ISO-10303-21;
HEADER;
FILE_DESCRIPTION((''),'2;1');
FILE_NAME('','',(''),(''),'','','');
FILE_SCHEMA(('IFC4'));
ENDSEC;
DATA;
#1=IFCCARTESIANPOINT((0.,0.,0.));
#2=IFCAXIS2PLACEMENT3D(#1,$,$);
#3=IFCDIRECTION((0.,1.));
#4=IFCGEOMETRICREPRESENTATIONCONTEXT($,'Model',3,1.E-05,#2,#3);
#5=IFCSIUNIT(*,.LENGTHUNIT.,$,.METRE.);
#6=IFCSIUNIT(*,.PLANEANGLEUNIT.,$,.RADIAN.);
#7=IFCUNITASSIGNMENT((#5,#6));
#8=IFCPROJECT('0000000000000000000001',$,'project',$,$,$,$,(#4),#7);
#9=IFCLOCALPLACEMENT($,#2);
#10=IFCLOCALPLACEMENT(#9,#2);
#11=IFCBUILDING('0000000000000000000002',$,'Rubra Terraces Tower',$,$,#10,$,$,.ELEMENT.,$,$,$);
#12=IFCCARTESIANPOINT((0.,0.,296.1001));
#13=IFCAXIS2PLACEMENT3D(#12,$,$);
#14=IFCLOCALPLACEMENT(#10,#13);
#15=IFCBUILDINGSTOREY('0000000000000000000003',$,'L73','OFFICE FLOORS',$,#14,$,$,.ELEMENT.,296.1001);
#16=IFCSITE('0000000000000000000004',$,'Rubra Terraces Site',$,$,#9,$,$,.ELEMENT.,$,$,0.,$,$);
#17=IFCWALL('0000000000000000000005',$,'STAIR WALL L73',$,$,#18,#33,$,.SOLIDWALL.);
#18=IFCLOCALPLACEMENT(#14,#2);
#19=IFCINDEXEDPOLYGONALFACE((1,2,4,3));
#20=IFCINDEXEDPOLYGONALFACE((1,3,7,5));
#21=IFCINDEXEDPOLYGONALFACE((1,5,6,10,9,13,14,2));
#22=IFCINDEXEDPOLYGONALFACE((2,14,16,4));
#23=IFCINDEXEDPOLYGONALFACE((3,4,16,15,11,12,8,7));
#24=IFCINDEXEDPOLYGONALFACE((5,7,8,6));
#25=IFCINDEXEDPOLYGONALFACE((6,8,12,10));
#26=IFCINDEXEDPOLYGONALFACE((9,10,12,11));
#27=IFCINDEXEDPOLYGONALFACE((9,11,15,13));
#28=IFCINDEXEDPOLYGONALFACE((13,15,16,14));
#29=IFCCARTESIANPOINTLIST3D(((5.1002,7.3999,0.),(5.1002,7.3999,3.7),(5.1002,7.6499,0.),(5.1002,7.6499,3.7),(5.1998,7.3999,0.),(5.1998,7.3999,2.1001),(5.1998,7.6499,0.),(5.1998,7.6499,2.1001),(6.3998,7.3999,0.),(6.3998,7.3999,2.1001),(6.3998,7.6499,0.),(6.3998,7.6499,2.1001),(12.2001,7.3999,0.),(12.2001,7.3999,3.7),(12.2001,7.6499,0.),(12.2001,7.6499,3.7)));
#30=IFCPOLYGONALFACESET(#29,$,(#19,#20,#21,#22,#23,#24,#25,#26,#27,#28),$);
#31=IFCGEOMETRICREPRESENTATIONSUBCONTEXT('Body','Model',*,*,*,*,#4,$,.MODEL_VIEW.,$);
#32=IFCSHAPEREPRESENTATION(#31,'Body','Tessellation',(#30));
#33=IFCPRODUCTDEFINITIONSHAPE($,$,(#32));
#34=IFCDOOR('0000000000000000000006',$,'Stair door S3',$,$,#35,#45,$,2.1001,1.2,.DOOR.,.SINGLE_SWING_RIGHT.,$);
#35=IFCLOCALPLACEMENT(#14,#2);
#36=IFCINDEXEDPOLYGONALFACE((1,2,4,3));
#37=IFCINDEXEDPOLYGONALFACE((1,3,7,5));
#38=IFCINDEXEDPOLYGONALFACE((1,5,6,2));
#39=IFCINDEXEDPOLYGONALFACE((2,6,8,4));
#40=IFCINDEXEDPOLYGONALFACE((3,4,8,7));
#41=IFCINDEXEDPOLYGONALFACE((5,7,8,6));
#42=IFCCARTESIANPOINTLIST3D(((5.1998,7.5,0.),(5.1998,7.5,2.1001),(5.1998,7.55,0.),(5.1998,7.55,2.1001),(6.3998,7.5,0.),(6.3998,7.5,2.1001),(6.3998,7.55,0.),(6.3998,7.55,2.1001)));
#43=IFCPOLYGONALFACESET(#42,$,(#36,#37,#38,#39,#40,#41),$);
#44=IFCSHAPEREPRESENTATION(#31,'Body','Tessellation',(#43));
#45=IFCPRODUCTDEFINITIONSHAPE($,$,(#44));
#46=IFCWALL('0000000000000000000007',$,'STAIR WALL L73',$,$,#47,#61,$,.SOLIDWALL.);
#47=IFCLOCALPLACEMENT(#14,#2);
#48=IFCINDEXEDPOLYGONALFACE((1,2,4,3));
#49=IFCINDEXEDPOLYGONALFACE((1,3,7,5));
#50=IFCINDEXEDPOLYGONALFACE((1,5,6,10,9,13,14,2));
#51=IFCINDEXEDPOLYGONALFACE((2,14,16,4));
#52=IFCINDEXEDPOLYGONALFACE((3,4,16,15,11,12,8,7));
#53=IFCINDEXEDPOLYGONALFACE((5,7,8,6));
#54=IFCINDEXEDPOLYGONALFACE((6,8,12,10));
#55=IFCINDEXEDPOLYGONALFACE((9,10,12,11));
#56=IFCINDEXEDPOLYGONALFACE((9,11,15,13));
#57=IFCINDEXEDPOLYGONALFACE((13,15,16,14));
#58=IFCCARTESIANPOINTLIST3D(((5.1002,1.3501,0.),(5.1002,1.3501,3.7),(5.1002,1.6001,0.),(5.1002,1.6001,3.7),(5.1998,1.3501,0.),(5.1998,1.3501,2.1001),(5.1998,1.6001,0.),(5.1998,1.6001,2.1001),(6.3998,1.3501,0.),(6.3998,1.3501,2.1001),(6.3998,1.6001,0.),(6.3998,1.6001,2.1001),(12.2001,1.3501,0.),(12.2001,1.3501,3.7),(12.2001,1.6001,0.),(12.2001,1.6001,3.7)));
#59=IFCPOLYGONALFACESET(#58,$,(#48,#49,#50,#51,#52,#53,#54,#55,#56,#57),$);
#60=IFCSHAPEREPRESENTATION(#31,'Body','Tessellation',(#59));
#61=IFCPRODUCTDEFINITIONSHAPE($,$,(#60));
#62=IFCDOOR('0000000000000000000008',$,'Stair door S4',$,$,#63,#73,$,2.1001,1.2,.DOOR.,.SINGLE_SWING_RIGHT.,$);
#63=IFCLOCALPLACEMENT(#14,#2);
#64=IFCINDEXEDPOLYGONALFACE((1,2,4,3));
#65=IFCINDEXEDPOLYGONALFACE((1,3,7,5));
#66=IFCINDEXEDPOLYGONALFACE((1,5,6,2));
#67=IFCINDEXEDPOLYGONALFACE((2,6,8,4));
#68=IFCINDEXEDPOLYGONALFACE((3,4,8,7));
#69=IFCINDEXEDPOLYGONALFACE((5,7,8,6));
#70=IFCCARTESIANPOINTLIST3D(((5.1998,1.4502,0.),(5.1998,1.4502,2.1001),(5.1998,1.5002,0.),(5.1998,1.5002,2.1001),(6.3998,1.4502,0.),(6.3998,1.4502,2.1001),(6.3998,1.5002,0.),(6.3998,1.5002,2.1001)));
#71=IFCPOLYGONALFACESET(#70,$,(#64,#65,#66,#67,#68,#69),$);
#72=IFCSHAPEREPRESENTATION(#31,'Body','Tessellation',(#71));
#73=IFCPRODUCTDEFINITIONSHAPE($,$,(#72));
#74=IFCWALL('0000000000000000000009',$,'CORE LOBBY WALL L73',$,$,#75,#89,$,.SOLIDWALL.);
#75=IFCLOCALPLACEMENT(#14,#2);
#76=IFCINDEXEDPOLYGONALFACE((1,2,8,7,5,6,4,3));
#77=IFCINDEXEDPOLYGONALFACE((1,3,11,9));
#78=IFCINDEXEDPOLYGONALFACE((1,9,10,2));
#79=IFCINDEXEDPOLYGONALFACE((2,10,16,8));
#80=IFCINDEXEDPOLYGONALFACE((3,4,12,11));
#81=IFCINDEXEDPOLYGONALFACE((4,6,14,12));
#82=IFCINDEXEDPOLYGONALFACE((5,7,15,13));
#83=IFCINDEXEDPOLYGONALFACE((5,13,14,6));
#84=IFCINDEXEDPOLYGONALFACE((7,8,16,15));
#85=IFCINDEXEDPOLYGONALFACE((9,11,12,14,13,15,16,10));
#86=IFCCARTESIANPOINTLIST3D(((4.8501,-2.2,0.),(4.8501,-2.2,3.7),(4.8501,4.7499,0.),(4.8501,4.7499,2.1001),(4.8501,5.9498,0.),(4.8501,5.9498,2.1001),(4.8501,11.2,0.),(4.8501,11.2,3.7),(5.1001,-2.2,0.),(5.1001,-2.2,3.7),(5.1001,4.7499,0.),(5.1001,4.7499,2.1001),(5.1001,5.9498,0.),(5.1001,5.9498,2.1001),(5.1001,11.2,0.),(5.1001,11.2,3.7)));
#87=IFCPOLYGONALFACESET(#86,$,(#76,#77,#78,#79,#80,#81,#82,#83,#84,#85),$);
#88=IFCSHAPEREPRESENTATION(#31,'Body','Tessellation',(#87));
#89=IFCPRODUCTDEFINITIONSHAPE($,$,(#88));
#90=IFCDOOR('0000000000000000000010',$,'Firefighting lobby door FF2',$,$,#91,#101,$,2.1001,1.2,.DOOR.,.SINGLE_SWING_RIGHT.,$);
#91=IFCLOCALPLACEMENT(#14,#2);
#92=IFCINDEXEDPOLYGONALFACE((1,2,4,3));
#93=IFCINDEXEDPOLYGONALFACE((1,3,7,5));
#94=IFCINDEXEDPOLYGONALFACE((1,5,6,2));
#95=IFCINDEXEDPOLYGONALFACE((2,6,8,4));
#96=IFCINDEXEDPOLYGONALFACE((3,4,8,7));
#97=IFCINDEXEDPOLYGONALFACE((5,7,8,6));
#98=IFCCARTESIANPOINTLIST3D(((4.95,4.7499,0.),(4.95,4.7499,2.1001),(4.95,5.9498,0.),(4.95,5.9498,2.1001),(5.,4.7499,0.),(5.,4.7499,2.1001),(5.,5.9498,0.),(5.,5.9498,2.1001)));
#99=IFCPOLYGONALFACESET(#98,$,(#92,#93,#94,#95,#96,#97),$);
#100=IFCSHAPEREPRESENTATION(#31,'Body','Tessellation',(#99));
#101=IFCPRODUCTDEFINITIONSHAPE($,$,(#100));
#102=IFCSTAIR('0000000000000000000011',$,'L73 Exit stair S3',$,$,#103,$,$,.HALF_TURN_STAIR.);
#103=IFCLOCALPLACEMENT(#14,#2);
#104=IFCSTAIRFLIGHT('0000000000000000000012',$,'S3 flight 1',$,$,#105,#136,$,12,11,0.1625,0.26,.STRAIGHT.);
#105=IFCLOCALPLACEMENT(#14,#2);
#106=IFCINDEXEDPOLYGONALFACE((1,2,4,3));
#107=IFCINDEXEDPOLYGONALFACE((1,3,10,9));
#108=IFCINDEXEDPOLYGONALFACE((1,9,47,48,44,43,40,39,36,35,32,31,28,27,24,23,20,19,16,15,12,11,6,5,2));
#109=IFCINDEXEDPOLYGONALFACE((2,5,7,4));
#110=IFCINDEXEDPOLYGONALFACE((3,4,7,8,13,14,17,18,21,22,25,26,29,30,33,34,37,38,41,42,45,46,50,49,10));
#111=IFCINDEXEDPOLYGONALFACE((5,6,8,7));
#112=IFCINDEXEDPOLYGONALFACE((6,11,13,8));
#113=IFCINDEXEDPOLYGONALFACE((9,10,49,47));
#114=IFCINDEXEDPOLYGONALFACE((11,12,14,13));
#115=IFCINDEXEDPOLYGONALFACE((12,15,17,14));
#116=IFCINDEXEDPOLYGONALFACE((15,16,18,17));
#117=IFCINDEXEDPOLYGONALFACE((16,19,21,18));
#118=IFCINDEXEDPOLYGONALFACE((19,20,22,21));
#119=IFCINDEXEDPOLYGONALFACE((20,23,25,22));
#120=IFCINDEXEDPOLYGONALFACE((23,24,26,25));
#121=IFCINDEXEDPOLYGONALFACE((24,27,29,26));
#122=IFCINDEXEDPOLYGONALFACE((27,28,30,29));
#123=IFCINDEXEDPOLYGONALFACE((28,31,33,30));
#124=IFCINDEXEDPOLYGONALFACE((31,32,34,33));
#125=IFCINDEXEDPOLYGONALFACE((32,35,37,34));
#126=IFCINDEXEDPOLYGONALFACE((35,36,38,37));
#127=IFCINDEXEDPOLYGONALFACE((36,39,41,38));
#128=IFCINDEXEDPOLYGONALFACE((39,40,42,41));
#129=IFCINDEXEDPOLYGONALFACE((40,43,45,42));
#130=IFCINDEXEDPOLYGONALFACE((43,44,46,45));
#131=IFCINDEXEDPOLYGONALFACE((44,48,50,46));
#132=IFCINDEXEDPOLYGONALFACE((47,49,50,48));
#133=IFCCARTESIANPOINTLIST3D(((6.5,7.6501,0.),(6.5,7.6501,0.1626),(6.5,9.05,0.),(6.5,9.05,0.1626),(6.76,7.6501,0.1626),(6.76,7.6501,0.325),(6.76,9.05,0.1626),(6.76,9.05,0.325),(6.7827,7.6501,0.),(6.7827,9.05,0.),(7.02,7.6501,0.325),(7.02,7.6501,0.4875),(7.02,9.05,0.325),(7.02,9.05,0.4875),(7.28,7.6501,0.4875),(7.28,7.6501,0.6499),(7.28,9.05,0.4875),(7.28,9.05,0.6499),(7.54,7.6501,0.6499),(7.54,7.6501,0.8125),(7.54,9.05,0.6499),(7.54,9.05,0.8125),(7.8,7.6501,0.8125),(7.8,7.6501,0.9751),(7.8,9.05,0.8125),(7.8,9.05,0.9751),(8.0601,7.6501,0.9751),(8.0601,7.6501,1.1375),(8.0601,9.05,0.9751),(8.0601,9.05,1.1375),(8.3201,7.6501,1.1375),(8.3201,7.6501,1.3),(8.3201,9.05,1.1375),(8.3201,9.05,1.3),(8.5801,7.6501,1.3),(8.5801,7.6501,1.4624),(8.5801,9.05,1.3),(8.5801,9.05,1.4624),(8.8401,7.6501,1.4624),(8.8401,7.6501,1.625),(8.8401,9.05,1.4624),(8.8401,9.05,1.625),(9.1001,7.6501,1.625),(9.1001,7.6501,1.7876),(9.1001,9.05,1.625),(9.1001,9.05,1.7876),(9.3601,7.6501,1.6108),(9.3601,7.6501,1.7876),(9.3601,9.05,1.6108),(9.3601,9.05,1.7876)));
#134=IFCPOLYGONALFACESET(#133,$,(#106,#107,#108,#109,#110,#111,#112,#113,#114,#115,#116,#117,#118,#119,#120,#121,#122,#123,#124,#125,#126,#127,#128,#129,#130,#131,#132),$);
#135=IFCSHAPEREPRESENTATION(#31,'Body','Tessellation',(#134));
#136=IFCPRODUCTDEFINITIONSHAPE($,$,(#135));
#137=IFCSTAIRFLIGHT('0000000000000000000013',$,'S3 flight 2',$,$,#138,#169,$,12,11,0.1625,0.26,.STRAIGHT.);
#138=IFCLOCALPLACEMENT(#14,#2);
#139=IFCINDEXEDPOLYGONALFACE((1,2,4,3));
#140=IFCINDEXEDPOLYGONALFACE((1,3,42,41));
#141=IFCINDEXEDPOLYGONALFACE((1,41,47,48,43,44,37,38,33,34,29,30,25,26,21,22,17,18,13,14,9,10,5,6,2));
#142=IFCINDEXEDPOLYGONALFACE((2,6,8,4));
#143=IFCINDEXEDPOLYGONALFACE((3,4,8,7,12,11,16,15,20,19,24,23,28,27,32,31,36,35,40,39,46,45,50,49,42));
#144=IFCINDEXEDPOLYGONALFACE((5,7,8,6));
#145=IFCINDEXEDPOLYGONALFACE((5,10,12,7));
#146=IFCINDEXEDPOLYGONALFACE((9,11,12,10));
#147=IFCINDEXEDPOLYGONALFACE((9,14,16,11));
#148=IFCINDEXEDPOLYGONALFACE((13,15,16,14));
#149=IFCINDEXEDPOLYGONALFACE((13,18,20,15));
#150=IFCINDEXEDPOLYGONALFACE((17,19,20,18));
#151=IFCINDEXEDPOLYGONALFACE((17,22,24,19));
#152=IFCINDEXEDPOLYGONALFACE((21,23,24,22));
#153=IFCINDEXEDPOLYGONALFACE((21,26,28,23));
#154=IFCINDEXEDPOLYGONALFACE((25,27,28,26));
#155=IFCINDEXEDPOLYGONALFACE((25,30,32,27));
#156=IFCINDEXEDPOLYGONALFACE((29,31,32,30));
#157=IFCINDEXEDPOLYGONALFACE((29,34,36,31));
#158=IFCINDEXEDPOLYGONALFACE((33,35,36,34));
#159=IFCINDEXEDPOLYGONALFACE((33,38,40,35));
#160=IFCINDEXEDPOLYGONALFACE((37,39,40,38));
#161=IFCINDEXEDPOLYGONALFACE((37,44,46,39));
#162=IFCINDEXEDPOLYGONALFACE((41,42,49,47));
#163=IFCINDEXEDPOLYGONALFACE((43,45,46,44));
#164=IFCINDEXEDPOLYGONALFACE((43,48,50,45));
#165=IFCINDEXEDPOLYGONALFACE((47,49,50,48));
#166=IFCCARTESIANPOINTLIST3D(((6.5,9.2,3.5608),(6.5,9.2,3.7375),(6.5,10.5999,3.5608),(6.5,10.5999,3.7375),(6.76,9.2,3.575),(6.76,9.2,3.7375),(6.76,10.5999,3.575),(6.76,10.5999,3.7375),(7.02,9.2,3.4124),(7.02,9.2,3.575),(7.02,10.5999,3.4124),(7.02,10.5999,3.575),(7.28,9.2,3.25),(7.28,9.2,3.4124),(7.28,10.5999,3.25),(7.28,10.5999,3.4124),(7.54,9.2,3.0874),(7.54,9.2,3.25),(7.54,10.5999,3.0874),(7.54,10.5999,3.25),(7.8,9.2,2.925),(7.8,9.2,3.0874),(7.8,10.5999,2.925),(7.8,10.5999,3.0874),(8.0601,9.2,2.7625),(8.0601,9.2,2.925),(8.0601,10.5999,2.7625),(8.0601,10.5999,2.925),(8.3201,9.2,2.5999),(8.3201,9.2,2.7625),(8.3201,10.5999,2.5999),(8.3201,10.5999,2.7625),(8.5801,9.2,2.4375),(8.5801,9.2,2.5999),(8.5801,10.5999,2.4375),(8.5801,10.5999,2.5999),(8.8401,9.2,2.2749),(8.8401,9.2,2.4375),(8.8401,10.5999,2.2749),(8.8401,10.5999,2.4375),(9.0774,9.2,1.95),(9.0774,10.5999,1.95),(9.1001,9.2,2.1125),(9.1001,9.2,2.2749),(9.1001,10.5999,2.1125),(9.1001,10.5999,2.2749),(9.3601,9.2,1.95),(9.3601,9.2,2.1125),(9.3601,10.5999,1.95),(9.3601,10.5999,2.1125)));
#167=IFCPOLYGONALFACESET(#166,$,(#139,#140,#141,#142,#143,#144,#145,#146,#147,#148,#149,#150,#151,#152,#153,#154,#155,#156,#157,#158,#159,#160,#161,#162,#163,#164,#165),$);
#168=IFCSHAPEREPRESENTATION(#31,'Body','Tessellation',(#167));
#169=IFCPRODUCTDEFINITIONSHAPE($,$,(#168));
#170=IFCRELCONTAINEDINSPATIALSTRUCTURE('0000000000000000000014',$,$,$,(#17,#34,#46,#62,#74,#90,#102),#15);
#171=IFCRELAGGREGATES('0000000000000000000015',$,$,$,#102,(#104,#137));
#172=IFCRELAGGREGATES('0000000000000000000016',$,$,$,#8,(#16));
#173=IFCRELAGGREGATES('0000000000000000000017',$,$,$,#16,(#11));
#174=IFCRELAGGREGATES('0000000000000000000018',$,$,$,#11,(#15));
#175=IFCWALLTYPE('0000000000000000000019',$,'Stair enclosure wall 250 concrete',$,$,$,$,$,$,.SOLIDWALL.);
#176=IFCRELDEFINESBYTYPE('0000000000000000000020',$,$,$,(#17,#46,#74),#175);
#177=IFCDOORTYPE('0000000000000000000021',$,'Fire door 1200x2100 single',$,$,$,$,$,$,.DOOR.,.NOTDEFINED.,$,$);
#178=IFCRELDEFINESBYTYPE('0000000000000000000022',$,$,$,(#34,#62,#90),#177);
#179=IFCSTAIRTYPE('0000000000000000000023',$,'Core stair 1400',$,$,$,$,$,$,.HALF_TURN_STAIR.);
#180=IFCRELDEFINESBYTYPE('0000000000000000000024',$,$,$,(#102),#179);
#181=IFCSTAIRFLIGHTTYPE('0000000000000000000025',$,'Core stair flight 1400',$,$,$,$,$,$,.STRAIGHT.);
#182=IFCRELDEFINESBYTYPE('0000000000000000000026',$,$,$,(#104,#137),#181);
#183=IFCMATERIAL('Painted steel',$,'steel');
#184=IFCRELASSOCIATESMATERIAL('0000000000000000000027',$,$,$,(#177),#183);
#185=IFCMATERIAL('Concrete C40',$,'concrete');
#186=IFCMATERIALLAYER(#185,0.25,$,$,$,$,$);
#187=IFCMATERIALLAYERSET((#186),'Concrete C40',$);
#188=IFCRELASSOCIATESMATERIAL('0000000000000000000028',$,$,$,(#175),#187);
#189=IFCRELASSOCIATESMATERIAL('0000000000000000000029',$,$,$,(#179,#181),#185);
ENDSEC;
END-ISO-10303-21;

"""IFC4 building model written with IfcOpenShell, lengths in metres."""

from ifc_helpers import new_model, si_unit, direction, frame, frame_2d, origin, place, context, subcontext, project, spatial, polyline, rectangle, outline, extrude, material, layer, layer_set, type_object, element, fill, aggregate, save


model = new_model("IFC4")

# Units and contexts
model_context = context("Model", 3, precision=1e-05, world=origin(), true_north=direction((0.0, 1.0)))
body_context = subcontext(model_context, "Body", "Model", "MODEL_VIEW")
ifc_project = project(units=[si_unit("LENGTHUNIT", "METRE"), si_unit("PLANEANGLEUNIT", "RADIAN")], contexts=[model_context])

# Site, building, storey
site_placement = place(None, origin())
site = spatial("IfcSite", under=ifc_project, at=site_placement, Name="Rubra Terraces Site", CompositionType="ELEMENT", RefElevation=0.0)
building_placement = place(site_placement, origin())
building = spatial("IfcBuilding", under=site, at=building_placement, Name="Rubra Terraces Tower", CompositionType="ELEMENT")
storey_placement = place(building_placement, frame((0.0, 0.0, 296.1001)))
storey = spatial("IfcBuildingStorey", under=building, at=storey_placement, Name="L73", Description="OFFICE FLOORS", CompositionType="ELEMENT", Elevation=296.1001)

# Shared definitions
ifc_material_1 = material(Name="Concrete C40", Category="concrete")

# Shared definitions
ifc_material_2 = material(Name="Painted steel", Category="steel")
door_type_1 = type_object("IfcDoorType", Name="Fire door 1200x2100 single", OperationType="NOTDEFINED", PredefinedType="DOOR", material=ifc_material_2)

# Walls, openings, doors
ifc_layer_1 = layer(ifc_material_1, 0.25)
ifc_layer_set_1 = layer_set([ifc_layer_1], Name="Concrete C40")
wall_type_1 = type_object("IfcWallType", Name="Stair enclosure wall 250 concrete", PredefinedType="SOLIDWALL", material=ifc_layer_set_1)
wall_1_placement = place(storey_placement, frame((12.2, 7.5249, 0.0), z_axis=(0.0, 0.0, 1.0), x_axis=(-1.0, 0.0, 0.0)))
wall_1 = element("IfcWall", 1, at=wall_1_placement, inside=storey, type_object=wall_type_1, Name="STAIR WALL L73", PredefinedType="SOLIDWALL", context=body_context, shape_type="SweptSolid", body=[
    extrude(rectangle(XDim=7.0999, YDim=0.25, at=frame_2d((3.5498, 0.0))), origin(), (0.0, 0.0, 1.0), 3.7),
])
opening_1_placement = place(wall_1_placement, frame((5.8, 0.0, 0.0)))
opening_1 = element("IfcOpeningElement", 2, at=opening_1_placement, cuts=wall_1, PredefinedType="OPENING", context=body_context, shape_type="SweptSolid", body=[
    extrude(rectangle(XDim=1.2, YDim=2.1001, at=frame_2d((0.6001, 1.05))), frame((0.0, 0.135, 0.0), z_axis=(0.0, -1.0, 0.0), x_axis=(1.0, 0.0, 0.0)), (0.0, 0.0, 1.0), 0.27),
])
door_1_placement = place(opening_1_placement, origin())
door_1 = element("IfcDoor", 3, at=door_1_placement, inside=storey, type_object=door_type_1, Name="Stair door S3", OperationType="SINGLE_SWING_RIGHT", OverallHeight=2.1001, OverallWidth=1.2, PredefinedType="DOOR", context=body_context, shape_type="SweptSolid", body=[
    extrude(rectangle(XDim=1.2, YDim=2.1001, at=frame_2d((0.6001, 1.05))), frame((0.0, 0.0249, 0.0), z_axis=(0.0, -1.0, 0.0), x_axis=(1.0, 0.0, 0.0)), (0.0, 0.0, 1.0), 0.05),
])
fill(opening_1, door_1)
wall_2_placement = place(storey_placement, frame((12.2, 1.4751, 0.0), z_axis=(0.0, 0.0, 1.0), x_axis=(-1.0, 0.0, 0.0)))
wall_2 = element("IfcWall", 4, at=wall_2_placement, inside=storey, type_object=wall_type_1, Name="STAIR WALL L73", PredefinedType="SOLIDWALL", context=body_context, shape_type="SweptSolid", body=[
    extrude(rectangle(XDim=7.0999, YDim=0.25, at=frame_2d((3.5498, 0.0))), origin(), (0.0, 0.0, 1.0), 3.7),
])
opening_2_placement = place(wall_2_placement, frame((5.8, 0.0, 0.0)))
opening_2 = element("IfcOpeningElement", 5, at=opening_2_placement, cuts=wall_2, PredefinedType="OPENING", context=body_context, shape_type="SweptSolid", body=[
    extrude(rectangle(XDim=1.2, YDim=2.1001, at=frame_2d((0.6001, 1.05))), frame((0.0, 0.135, 0.0), z_axis=(0.0, -1.0, 0.0), x_axis=(1.0, 0.0, 0.0)), (0.0, 0.0, 1.0), 0.27),
])
door_2_placement = place(opening_2_placement, origin())
door_2 = element("IfcDoor", 6, at=door_2_placement, inside=storey, type_object=door_type_1, Name="Stair door S4", OperationType="SINGLE_SWING_RIGHT", OverallHeight=2.1001, OverallWidth=1.2, PredefinedType="DOOR", context=body_context, shape_type="SweptSolid", body=[
    extrude(rectangle(XDim=1.2, YDim=2.1001, at=frame_2d((0.6001, 1.05))), frame((0.0, 0.0249, 0.0), z_axis=(0.0, -1.0, 0.0), x_axis=(1.0, 0.0, 0.0)), (0.0, 0.0, 1.0), 0.05),
])
fill(opening_2, door_2)
wall_3_placement = place(storey_placement, frame((4.9751, 11.2, 0.0), z_axis=(0.0, 0.0, 1.0), x_axis=(0.0, -1.0, 0.0)))
wall_3 = element("IfcWall", 7, at=wall_3_placement, inside=storey, type_object=wall_type_1, Name="CORE LOBBY WALL L73", PredefinedType="SOLIDWALL", context=body_context, shape_type="SweptSolid", body=[
    extrude(rectangle(XDim=13.3999, YDim=0.25, at=frame_2d((6.7, 0.0))), origin(), (0.0, 0.0, 1.0), 3.7),
])
opening_3_placement = place(wall_3_placement, frame((5.25, 0.0, 0.0)))
opening_3 = element("IfcOpeningElement", 8, at=opening_3_placement, cuts=wall_3, PredefinedType="OPENING", context=body_context, shape_type="SweptSolid", body=[
    extrude(rectangle(XDim=1.2, YDim=2.1001, at=frame_2d((0.6001, 1.05))), frame((0.0, 0.135, 0.0), z_axis=(0.0, -1.0, 0.0), x_axis=(1.0, 0.0, 0.0)), (0.0, 0.0, 1.0), 0.27),
])
door_3_placement = place(opening_3_placement, origin())
door_3 = element("IfcDoor", 9, at=door_3_placement, inside=storey, type_object=door_type_1, Name="Firefighting lobby door FF2", OperationType="SINGLE_SWING_RIGHT", OverallHeight=2.1001, OverallWidth=1.2, PredefinedType="DOOR", context=body_context, shape_type="SweptSolid", body=[
    extrude(rectangle(XDim=1.2, YDim=2.1001, at=frame_2d((0.6001, 1.05))), frame((0.0, 0.0249, 0.0), z_axis=(0.0, -1.0, 0.0), x_axis=(1.0, 0.0, 0.0)), (0.0, 0.0, 1.0), 0.05),
])
fill(opening_3, door_3)

# Stair, stair flights
stair_type = type_object("IfcStairType", Name="Core stair 1400", PredefinedType="HALF_TURN_STAIR", material=ifc_material_1)
stair_placement = place(storey_placement, origin())
stair = element("IfcStair", 10, at=stair_placement, inside=storey, type_object=stair_type, Name="L73 Exit stair S3", PredefinedType="HALF_TURN_STAIR")
stair_flight_type = type_object("IfcStairFlightType", Name="Core stair flight 1400", PredefinedType="STRAIGHT", material=ifc_material_1)
stair_flight_1_placement = place(storey_placement, frame((6.5, 8.3501, 0.0), z_axis=(0.0, 0.0, 1.0), x_axis=(1.0, 0.0, 0.0)))
stair_flight_1 = element("IfcStairFlight", 11, at=stair_flight_1_placement, type_object=stair_flight_type, Name="S3 flight 1", NumberOfRisers=12, NumberOfTreads=11, PredefinedType="STRAIGHT", RiserHeight=0.1625, TreadLength=0.26, context=body_context, shape_type="SweptSolid", body=[
    extrude(outline(polyline([(0.0, 0.0), (0.0, 0.1626), (0.26, 0.1626), (0.26, 0.325), (0.52, 0.325), (0.52, 0.4875), (0.78, 0.4875), (0.78, 0.6499), (1.04, 0.6499), (1.04, 0.8125), (1.3, 0.8125), (1.3, 0.9751), (1.5601, 0.9751), (1.5601, 1.1375), (1.8201, 1.1375), (1.8201, 1.3), (2.0801, 1.3), (2.0801, 1.4624), (2.3401, 1.4624), (2.3401, 1.625), (2.6001, 1.625), (2.6001, 1.7876), (2.8601, 1.7876), (2.8601, 1.95), (2.8601, 1.6108), (0.2827, 0.0), (0.0, 0.0)])), frame((0.0, 0.7, 0.0), z_axis=(0.0, -1.0, 0.0), x_axis=(1.0, 0.0, 0.0)), (0.0, 0.0, 1.0), 1.3999),
])
stair_flight_2_placement = place(storey_placement, frame((9.3601, 9.8999, 1.95), z_axis=(0.0, 0.0, 1.0), x_axis=(-1.0, 0.0, 0.0)))
stair_flight_2 = element("IfcStairFlight", 12, at=stair_flight_2_placement, type_object=stair_flight_type, Name="S3 flight 2", NumberOfRisers=12, NumberOfTreads=11, PredefinedType="STRAIGHT", RiserHeight=0.1625, TreadLength=0.26, context=body_context, shape_type="SweptSolid", body=[
    extrude(outline(polyline([(0.0, 0.0), (0.0, 0.1626), (0.26, 0.1626), (0.26, 0.325), (0.52, 0.325), (0.52, 0.4875), (0.78, 0.4875), (0.78, 0.6499), (1.04, 0.6499), (1.04, 0.8125), (1.3, 0.8125), (1.3, 0.9751), (1.5601, 0.9751), (1.5601, 1.1375), (1.8201, 1.1375), (1.8201, 1.3), (2.0801, 1.3), (2.0801, 1.4624), (2.3401, 1.4624), (2.3401, 1.625), (2.6001, 1.625), (2.6001, 1.7876), (2.8601, 1.7876), (2.8601, 1.95), (2.8601, 1.6108), (0.2827, 0.0), (0.0, 0.0)])), frame((0.0, 0.7, 0.0), z_axis=(0.0, -1.0, 0.0), x_axis=(1.0, 0.0, 0.0)), (0.0, 0.0, 1.0), 1.3999),
])
aggregate(stair, [stair_flight_1, stair_flight_2])

save(model, "model.ifc")
